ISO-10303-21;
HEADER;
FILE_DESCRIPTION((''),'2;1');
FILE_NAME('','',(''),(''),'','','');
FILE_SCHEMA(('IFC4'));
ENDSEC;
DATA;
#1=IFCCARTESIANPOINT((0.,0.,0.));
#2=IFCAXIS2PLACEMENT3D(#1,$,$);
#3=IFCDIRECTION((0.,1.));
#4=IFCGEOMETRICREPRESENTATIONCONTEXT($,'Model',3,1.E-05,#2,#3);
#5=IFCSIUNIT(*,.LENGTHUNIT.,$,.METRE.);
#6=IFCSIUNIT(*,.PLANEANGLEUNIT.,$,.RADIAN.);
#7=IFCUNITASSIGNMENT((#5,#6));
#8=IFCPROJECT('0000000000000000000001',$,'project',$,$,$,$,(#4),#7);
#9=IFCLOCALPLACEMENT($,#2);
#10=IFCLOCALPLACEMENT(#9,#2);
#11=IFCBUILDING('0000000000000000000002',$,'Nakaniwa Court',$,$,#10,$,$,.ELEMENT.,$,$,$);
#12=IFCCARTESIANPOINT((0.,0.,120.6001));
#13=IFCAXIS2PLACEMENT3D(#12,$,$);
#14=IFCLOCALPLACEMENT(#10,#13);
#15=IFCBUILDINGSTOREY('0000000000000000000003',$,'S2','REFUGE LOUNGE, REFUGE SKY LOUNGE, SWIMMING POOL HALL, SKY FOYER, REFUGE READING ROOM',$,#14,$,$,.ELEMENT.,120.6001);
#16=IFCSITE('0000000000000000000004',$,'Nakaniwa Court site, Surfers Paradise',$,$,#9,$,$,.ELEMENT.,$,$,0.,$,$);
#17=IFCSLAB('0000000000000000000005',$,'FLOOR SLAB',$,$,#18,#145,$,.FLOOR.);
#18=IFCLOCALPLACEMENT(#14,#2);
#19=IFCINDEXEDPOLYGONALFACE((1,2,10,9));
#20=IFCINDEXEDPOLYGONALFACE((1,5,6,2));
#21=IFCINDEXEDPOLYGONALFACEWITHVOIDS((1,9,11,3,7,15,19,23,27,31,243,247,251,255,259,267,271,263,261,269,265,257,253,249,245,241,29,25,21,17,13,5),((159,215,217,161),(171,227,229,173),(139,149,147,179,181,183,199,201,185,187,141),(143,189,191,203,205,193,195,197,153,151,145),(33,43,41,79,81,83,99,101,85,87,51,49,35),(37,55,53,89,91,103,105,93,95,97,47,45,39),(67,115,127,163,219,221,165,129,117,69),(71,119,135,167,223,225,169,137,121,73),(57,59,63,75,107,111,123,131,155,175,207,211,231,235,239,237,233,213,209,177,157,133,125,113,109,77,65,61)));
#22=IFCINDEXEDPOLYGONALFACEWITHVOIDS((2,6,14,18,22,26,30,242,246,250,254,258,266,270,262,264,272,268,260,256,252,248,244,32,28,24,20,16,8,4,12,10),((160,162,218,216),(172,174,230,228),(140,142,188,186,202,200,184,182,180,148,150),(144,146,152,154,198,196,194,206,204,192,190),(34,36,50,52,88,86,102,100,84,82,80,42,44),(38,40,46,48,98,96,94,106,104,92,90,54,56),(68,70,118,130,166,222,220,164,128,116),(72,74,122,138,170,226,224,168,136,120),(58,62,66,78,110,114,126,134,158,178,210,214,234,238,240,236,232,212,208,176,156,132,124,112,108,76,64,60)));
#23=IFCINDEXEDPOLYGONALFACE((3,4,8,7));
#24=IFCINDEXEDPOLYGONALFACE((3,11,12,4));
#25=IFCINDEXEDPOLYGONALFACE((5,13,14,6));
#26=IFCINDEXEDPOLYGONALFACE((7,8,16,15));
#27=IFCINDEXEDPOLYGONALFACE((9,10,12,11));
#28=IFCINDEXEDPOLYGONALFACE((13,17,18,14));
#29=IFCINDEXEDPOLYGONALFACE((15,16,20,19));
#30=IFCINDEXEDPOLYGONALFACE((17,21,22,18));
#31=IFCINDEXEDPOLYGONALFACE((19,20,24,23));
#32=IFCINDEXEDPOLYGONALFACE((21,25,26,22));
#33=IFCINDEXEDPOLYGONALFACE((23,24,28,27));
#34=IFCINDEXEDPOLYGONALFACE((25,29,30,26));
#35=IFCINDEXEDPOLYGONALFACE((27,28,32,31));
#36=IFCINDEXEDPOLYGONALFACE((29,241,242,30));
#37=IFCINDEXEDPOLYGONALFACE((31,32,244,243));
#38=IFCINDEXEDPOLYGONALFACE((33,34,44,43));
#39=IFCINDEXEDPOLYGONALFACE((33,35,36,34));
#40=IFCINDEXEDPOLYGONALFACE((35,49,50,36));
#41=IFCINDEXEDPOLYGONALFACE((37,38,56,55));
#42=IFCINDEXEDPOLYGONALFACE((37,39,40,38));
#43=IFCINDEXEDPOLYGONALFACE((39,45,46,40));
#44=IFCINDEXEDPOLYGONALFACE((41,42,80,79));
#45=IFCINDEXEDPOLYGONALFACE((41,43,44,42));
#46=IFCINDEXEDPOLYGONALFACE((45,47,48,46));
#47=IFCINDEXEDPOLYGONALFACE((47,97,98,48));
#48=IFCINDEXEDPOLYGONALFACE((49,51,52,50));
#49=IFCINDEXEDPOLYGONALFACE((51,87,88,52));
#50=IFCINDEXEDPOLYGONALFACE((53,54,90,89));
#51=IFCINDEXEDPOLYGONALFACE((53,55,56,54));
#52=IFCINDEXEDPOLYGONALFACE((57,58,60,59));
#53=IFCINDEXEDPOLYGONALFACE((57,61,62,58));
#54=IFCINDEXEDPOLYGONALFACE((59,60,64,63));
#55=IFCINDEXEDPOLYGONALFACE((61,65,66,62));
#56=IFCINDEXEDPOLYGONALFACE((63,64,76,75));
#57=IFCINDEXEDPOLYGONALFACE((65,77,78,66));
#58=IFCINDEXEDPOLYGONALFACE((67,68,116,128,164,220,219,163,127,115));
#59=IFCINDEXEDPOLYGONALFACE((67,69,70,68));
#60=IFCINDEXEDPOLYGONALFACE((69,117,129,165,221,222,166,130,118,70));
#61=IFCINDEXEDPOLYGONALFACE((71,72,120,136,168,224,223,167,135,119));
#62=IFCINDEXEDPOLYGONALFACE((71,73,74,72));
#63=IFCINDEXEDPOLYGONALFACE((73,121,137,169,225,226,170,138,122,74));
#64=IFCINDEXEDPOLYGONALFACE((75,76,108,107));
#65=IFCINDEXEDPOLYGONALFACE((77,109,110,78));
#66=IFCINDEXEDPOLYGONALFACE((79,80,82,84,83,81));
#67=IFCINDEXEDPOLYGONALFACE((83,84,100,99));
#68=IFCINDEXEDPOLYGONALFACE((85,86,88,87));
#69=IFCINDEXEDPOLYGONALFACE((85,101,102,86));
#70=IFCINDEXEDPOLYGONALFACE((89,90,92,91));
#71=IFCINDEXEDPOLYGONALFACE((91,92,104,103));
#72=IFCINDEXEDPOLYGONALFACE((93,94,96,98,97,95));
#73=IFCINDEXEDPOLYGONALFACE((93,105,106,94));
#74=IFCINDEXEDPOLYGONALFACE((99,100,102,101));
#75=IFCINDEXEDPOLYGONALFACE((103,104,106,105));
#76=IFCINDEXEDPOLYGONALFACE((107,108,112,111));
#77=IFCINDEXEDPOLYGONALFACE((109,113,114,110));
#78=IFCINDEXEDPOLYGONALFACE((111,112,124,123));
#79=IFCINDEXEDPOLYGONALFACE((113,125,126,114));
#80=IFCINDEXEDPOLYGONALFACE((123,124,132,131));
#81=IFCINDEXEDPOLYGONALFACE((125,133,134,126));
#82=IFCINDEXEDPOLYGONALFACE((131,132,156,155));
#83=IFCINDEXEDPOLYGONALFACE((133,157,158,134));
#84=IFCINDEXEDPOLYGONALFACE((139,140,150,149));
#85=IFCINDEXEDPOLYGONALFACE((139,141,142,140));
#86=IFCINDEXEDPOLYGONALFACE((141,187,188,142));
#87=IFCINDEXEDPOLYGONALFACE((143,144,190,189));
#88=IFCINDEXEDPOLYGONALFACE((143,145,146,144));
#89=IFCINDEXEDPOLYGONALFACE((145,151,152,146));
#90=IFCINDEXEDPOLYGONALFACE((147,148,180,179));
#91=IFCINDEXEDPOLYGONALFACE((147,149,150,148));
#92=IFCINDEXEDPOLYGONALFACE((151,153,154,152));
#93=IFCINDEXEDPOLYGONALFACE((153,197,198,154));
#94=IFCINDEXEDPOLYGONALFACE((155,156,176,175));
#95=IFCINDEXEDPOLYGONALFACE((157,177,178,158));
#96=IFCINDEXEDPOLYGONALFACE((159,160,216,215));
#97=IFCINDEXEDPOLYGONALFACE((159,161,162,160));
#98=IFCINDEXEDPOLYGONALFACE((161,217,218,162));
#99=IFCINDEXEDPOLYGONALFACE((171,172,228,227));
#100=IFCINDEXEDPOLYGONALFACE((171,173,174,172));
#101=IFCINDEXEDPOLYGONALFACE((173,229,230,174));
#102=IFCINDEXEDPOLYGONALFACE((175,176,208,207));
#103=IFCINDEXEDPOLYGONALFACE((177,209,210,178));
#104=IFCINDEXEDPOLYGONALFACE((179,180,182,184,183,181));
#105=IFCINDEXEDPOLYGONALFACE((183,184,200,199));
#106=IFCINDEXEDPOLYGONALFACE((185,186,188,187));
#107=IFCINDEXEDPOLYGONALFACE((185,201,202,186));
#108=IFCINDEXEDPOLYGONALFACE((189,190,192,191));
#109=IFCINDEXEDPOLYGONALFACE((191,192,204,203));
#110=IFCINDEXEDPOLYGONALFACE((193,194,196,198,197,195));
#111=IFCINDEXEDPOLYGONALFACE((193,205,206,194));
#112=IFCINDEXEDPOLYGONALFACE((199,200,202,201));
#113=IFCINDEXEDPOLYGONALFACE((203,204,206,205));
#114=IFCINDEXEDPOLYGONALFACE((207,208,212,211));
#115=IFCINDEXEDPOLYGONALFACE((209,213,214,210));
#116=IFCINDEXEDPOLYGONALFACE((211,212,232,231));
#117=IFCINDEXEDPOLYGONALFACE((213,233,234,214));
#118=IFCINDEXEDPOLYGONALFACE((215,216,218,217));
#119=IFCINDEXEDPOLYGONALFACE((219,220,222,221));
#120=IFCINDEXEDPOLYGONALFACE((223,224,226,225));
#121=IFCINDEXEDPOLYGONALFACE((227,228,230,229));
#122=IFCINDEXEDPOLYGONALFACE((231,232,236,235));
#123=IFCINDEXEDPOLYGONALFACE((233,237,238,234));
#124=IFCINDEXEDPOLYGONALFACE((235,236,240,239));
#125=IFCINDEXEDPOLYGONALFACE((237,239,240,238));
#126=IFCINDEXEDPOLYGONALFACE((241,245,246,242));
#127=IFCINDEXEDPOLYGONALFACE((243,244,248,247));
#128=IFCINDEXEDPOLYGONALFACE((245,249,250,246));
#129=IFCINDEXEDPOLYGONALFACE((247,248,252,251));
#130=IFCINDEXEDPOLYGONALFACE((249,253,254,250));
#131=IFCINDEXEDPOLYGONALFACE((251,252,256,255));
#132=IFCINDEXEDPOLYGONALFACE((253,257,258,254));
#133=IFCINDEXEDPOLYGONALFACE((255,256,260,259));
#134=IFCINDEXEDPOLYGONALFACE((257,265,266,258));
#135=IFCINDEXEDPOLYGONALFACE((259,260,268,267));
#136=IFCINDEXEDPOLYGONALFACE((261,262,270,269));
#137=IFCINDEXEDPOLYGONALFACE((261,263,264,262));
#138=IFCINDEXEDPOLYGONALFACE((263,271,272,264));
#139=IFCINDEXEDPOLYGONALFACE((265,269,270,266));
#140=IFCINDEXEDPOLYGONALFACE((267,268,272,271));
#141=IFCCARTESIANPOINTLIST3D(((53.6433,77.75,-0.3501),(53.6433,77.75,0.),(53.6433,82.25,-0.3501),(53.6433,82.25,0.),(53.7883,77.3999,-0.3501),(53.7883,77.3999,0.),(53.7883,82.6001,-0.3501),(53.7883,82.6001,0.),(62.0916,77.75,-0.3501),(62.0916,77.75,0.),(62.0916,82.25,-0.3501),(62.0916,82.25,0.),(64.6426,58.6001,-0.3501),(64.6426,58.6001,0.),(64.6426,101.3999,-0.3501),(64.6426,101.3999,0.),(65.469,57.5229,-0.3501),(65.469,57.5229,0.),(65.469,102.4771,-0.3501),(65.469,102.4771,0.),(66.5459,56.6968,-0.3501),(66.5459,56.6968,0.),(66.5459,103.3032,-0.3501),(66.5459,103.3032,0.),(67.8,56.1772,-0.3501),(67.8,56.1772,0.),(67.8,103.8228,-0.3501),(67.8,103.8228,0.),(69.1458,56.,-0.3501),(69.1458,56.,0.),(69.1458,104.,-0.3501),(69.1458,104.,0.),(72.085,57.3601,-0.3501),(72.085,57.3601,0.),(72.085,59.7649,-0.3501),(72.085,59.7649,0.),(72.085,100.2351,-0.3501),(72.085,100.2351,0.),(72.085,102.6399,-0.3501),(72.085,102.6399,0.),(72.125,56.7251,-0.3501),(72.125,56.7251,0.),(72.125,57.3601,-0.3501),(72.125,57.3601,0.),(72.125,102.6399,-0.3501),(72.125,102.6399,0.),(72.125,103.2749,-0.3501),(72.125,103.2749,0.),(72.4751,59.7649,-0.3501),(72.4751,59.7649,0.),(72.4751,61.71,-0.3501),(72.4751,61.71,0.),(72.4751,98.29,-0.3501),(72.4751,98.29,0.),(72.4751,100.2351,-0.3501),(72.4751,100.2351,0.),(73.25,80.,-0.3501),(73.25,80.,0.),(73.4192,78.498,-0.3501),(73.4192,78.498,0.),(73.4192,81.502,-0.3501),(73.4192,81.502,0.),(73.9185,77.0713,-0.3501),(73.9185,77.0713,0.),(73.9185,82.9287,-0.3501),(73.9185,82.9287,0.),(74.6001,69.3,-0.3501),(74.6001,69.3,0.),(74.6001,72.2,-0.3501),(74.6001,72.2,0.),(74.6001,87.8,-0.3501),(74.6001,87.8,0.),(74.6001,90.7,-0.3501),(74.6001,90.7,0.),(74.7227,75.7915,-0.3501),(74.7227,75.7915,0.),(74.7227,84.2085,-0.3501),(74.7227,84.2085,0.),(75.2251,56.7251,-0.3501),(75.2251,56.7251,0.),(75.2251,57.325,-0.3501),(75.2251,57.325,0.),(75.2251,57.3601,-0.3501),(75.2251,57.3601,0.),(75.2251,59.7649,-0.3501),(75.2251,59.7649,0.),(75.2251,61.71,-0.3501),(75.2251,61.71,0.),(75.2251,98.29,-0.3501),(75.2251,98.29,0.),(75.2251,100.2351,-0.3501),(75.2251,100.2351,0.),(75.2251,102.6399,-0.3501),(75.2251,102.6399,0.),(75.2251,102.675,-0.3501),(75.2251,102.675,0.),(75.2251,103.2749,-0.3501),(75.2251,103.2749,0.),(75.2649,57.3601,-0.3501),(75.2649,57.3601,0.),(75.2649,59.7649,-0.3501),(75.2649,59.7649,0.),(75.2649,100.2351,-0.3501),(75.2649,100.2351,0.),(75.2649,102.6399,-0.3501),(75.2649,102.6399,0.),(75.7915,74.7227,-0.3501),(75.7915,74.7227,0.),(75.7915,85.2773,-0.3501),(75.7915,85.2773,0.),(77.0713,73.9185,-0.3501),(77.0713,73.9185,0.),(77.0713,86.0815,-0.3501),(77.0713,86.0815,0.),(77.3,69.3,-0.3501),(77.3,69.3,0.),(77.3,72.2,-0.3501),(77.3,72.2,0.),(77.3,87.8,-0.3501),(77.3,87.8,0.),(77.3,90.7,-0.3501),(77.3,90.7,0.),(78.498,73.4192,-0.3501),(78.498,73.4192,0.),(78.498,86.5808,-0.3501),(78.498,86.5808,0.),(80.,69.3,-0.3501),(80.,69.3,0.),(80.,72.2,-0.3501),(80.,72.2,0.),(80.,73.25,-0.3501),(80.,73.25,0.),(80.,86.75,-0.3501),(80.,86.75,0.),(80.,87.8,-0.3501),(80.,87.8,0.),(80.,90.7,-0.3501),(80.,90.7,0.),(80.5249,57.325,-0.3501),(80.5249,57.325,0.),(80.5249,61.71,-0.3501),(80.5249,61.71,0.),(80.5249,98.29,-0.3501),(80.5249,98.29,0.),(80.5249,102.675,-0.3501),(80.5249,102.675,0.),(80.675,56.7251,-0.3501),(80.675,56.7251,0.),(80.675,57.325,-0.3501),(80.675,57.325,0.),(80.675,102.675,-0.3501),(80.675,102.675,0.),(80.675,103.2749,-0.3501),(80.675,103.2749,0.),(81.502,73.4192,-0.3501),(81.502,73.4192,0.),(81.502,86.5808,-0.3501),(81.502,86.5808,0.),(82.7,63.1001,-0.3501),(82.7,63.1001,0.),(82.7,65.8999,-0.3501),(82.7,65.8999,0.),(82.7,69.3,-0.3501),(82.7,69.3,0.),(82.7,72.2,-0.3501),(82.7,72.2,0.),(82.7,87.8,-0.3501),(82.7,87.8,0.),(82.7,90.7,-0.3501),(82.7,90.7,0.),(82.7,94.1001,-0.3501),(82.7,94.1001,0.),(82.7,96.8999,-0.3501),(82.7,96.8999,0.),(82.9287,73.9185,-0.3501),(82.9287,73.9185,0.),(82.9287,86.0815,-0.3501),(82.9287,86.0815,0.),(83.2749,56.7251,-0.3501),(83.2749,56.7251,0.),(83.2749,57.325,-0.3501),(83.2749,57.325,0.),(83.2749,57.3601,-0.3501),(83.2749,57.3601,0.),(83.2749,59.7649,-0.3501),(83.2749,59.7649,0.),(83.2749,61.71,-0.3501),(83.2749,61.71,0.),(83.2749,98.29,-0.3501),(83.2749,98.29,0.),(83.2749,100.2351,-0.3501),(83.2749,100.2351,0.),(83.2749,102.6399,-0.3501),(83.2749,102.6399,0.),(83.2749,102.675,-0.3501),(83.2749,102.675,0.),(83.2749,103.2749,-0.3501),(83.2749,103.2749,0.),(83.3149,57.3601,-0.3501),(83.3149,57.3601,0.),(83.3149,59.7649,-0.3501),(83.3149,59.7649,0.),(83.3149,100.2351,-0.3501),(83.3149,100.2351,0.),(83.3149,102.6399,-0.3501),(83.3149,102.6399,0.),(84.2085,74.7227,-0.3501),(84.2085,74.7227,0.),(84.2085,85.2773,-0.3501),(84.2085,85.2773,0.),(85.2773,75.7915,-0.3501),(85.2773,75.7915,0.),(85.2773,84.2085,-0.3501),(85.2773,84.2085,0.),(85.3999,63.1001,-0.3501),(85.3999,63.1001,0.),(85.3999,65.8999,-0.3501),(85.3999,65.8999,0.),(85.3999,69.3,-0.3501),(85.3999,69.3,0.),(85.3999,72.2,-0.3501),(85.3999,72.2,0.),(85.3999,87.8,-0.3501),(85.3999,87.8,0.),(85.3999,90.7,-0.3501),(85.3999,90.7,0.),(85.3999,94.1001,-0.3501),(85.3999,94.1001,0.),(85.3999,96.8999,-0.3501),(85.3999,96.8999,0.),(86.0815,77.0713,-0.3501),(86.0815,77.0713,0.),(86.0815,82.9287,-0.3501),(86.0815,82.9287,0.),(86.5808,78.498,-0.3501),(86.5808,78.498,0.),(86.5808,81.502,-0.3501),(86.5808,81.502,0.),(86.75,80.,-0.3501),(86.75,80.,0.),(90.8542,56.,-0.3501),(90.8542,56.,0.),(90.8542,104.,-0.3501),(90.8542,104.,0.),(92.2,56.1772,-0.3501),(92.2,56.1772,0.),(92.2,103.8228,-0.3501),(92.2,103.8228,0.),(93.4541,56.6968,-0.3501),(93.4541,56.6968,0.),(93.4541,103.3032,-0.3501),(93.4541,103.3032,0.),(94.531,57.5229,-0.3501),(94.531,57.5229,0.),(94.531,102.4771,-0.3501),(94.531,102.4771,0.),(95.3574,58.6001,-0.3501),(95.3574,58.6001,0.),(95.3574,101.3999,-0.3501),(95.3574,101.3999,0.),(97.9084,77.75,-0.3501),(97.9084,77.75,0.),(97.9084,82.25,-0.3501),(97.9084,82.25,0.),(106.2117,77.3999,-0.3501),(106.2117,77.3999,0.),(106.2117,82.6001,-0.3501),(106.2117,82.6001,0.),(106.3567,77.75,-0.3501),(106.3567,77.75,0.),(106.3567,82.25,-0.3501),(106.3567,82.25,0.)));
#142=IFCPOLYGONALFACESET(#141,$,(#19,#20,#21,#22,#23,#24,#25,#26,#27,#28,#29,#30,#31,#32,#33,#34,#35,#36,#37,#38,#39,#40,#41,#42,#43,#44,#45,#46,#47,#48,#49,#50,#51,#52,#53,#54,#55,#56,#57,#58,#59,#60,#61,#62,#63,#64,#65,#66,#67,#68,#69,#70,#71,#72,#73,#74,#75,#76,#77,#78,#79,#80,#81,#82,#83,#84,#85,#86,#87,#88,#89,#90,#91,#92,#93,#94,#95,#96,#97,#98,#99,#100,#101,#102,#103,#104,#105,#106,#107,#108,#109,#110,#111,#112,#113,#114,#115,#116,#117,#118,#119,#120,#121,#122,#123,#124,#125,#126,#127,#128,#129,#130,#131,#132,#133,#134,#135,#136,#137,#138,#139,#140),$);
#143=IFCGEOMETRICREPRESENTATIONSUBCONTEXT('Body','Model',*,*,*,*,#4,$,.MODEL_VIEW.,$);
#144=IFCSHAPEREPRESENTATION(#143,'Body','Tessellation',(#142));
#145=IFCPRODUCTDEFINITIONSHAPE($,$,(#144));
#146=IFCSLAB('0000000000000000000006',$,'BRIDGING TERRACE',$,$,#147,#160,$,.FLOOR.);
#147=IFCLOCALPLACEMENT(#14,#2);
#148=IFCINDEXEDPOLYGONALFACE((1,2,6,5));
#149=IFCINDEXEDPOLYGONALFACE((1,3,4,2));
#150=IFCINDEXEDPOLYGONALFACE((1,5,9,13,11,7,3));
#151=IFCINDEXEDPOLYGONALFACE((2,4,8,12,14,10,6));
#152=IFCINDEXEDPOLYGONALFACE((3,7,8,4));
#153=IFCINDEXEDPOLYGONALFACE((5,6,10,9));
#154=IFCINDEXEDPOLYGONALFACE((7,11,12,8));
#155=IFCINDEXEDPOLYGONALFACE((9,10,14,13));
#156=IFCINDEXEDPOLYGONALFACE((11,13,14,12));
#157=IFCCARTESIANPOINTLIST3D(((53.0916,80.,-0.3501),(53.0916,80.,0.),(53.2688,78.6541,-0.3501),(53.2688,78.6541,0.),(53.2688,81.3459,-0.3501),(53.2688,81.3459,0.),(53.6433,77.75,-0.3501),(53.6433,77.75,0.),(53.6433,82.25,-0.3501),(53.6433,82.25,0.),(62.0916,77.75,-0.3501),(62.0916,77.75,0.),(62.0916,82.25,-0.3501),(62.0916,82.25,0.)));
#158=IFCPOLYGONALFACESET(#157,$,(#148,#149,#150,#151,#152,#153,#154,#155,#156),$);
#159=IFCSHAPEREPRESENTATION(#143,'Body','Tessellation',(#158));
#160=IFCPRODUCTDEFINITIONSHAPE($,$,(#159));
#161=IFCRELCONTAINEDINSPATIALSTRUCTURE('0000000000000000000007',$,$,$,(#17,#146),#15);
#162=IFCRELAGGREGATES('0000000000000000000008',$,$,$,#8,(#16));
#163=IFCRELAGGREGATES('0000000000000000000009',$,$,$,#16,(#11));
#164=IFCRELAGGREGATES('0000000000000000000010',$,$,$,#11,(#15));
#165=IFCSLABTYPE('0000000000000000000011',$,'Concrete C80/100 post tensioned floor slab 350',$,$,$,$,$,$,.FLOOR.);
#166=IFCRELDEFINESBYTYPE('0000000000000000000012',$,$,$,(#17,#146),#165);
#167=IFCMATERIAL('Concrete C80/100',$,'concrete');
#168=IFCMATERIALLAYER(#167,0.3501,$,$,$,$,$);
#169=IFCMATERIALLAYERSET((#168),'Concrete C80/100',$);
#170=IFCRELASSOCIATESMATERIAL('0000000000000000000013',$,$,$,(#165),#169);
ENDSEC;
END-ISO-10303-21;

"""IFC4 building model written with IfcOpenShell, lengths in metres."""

from ifc_helpers import new_model, si_unit, direction, frame, origin, place, context, subcontext, project, spatial, polyline, outline, extrude, material, layer, layer_set, type_object, element, save


model = new_model("IFC4")

# Units and contexts
model_context = context("Model", 3, precision=1e-05, world=origin(), true_north=direction((0.0, 1.0)))
body_context = subcontext(model_context, "Body", "Model", "MODEL_VIEW")
ifc_project = project(units=[si_unit("LENGTHUNIT", "METRE"), si_unit("PLANEANGLEUNIT", "RADIAN")], contexts=[model_context])

# Site, building, storey
site_placement = place(None, origin())
site = spatial("IfcSite", under=ifc_project, at=site_placement, Name="Nakaniwa Court site, Surfers Paradise", CompositionType="ELEMENT", RefElevation=0.0)
building_placement = place(site_placement, origin())
building = spatial("IfcBuilding", under=site, at=building_placement, Name="Nakaniwa Court", CompositionType="ELEMENT")
storey_placement = place(building_placement, frame((0.0, 0.0, 120.6001)))
storey = spatial("IfcBuildingStorey", under=building, at=storey_placement, Name="S2", Description="REFUGE LOUNGE, REFUGE SKY LOUNGE, SWIMMING POOL HALL, SKY FOYER, REFUGE READING ROOM", CompositionType="ELEMENT", Elevation=120.6001)

# Shared definitions
ifc_material_1 = material(Name="Concrete C80/100", Category="concrete")

# Slabs
ifc_layer_1 = layer(ifc_material_1, 0.3501)
ifc_layer_set_1 = layer_set([ifc_layer_1], Name="Concrete C80/100")
slab_type_1 = type_object("IfcSlabType", Name="Concrete C80/100 post tensioned floor slab 350", PredefinedType="FLOOR", material=ifc_layer_set_1)
slab_1_placement = place(storey_placement, frame((0.0, 0.0, -0.3501)))
element("IfcSlab", 1, at=slab_1_placement, inside=storey, type_object=slab_type_1, Name="FLOOR SLAB", PredefinedType="FLOOR", context=body_context, shape_type="SweptSolid", body=[
    extrude(outline(polyline([(97.9084, 82.25), (106.3567, 82.25), (106.2117, 82.6001), (95.3574, 101.3999), (94.531, 102.4771), (93.4541, 103.3032), (92.2, 103.8228), (90.8542, 104.0), (69.1458, 104.0), (67.8, 103.8228), (66.5459, 103.3032), (65.469, 102.4771), (64.6426, 101.3999), (53.7883, 82.6001), (53.6433, 82.25), (62.0916, 82.25), (62.0916, 77.75), (53.6433, 77.75), (53.7883, 77.3999), (64.6426, 58.6001), (65.469, 57.5229), (66.5459, 56.6968), (67.8, 56.1772), (69.1458, 56.0), (90.8542, 56.0), (92.2, 56.1772), (93.4541, 56.6968), (94.531, 57.5229), (95.3574, 58.6001), (106.2117, 77.3999), (106.3567, 77.75), (97.9084, 77.75), (97.9084, 82.25)]), holes=[polyline([(81.502, 86.5808), (80.0, 86.75), (78.498, 86.5808), (77.0713, 86.0815), (75.7915, 85.2773), (74.7227, 84.2085), (73.9185, 82.9287), (73.4192, 81.502), (73.25, 80.0), (73.4192, 78.498), (73.9185, 77.0713), (74.7227, 75.7915), (75.7915, 74.7227), (77.0713, 73.9185), (78.498, 73.4192), (80.0, 73.25), (81.502, 73.4192), (82.9287, 73.9185), (84.2085, 74.7227), (85.2773, 75.7915), (86.0815, 77.0713), (86.5808, 78.498), (86.75, 80.0), (86.5808, 81.502), (86.0815, 82.9287), (85.2773, 84.2085), (84.2085, 85.2773), (82.9287, 86.0815), (81.502, 86.5808)]), polyline([(75.2649, 57.3601), (75.2649, 59.7649), (75.2251, 59.7649), (75.2251, 61.71), (72.4751, 61.71), (72.4751, 59.7649), (72.085, 59.7649), (72.085, 57.3601), (72.125, 57.3601), (72.125, 56.7251), (75.2251, 56.7251), (75.2251, 57.325), (75.2251, 57.3601), (75.2649, 57.3601)]), polyline([(80.0, 69.3), (82.7, 69.3), (85.3999, 69.3), (85.3999, 72.2), (82.7, 72.2), (80.0, 72.2), (77.3, 72.2), (74.6001, 72.2), (74.6001, 69.3), (77.3, 69.3), (80.0, 69.3)]), polyline([(80.0, 87.8), (82.7, 87.8), (85.3999, 87.8), (85.3999, 90.7), (82.7, 90.7), (80.0, 90.7), (77.3, 90.7), (74.6001, 90.7), (74.6001, 87.8), (77.3, 87.8), (80.0, 87.8)]), polyline([(75.2649, 100.2351), (75.2649, 102.6399), (75.2251, 102.6399), (75.2251, 102.675), (75.2251, 103.2749), (72.125, 103.2749), (72.125, 102.6399), (72.085, 102.6399), (72.085, 100.2351), (72.4751, 100.2351), (72.4751, 98.29), (75.2251, 98.29), (75.2251, 100.2351), (75.2649, 100.2351)]), polyline([(83.2749, 61.71), (80.5249, 61.71), (80.5249, 57.325), (80.675, 57.325), (80.675, 56.7251), (83.2749, 56.7251), (83.2749, 57.325), (83.2749, 57.3601), (83.3149, 57.3601), (83.3149, 59.7649), (83.2749, 59.7649), (83.2749, 61.71)]), polyline([(85.3999, 65.8999), (82.7, 65.8999), (82.7, 63.1001), (85.3999, 63.1001), (85.3999, 65.8999)]), polyline([(85.3999, 96.8999), (82.7, 96.8999), (82.7, 94.1001), (85.3999, 94.1001), (85.3999, 96.8999)]), polyline([(83.2749, 100.2351), (83.3149, 100.2351), (83.3149, 102.6399), (83.2749, 102.6399), (83.2749, 102.675), (83.2749, 103.2749), (80.675, 103.2749), (80.675, 102.675), (80.5249, 102.675), (80.5249, 98.29), (83.2749, 98.29), (83.2749, 100.2351)])]), origin(), (0.0, 0.0, 1.0), 0.3501),
])
slab_2_placement = place(storey_placement, frame((0.0, 0.0, -0.3501)))
element("IfcSlab", 2, at=slab_2_placement, inside=storey, type_object=slab_type_1, Name="BRIDGING TERRACE", PredefinedType="FLOOR", context=body_context, shape_type="SweptSolid", body=[
    extrude(outline(polyline([(53.6433, 82.25), (53.2688, 81.3459), (53.0916, 80.0), (53.2688, 78.6541), (53.6433, 77.75), (62.0916, 77.75), (62.0916, 82.25), (53.6433, 82.25)])), origin(), (0.0, 0.0, 1.0), 0.3501),
])

save(model, "model.ifc")
